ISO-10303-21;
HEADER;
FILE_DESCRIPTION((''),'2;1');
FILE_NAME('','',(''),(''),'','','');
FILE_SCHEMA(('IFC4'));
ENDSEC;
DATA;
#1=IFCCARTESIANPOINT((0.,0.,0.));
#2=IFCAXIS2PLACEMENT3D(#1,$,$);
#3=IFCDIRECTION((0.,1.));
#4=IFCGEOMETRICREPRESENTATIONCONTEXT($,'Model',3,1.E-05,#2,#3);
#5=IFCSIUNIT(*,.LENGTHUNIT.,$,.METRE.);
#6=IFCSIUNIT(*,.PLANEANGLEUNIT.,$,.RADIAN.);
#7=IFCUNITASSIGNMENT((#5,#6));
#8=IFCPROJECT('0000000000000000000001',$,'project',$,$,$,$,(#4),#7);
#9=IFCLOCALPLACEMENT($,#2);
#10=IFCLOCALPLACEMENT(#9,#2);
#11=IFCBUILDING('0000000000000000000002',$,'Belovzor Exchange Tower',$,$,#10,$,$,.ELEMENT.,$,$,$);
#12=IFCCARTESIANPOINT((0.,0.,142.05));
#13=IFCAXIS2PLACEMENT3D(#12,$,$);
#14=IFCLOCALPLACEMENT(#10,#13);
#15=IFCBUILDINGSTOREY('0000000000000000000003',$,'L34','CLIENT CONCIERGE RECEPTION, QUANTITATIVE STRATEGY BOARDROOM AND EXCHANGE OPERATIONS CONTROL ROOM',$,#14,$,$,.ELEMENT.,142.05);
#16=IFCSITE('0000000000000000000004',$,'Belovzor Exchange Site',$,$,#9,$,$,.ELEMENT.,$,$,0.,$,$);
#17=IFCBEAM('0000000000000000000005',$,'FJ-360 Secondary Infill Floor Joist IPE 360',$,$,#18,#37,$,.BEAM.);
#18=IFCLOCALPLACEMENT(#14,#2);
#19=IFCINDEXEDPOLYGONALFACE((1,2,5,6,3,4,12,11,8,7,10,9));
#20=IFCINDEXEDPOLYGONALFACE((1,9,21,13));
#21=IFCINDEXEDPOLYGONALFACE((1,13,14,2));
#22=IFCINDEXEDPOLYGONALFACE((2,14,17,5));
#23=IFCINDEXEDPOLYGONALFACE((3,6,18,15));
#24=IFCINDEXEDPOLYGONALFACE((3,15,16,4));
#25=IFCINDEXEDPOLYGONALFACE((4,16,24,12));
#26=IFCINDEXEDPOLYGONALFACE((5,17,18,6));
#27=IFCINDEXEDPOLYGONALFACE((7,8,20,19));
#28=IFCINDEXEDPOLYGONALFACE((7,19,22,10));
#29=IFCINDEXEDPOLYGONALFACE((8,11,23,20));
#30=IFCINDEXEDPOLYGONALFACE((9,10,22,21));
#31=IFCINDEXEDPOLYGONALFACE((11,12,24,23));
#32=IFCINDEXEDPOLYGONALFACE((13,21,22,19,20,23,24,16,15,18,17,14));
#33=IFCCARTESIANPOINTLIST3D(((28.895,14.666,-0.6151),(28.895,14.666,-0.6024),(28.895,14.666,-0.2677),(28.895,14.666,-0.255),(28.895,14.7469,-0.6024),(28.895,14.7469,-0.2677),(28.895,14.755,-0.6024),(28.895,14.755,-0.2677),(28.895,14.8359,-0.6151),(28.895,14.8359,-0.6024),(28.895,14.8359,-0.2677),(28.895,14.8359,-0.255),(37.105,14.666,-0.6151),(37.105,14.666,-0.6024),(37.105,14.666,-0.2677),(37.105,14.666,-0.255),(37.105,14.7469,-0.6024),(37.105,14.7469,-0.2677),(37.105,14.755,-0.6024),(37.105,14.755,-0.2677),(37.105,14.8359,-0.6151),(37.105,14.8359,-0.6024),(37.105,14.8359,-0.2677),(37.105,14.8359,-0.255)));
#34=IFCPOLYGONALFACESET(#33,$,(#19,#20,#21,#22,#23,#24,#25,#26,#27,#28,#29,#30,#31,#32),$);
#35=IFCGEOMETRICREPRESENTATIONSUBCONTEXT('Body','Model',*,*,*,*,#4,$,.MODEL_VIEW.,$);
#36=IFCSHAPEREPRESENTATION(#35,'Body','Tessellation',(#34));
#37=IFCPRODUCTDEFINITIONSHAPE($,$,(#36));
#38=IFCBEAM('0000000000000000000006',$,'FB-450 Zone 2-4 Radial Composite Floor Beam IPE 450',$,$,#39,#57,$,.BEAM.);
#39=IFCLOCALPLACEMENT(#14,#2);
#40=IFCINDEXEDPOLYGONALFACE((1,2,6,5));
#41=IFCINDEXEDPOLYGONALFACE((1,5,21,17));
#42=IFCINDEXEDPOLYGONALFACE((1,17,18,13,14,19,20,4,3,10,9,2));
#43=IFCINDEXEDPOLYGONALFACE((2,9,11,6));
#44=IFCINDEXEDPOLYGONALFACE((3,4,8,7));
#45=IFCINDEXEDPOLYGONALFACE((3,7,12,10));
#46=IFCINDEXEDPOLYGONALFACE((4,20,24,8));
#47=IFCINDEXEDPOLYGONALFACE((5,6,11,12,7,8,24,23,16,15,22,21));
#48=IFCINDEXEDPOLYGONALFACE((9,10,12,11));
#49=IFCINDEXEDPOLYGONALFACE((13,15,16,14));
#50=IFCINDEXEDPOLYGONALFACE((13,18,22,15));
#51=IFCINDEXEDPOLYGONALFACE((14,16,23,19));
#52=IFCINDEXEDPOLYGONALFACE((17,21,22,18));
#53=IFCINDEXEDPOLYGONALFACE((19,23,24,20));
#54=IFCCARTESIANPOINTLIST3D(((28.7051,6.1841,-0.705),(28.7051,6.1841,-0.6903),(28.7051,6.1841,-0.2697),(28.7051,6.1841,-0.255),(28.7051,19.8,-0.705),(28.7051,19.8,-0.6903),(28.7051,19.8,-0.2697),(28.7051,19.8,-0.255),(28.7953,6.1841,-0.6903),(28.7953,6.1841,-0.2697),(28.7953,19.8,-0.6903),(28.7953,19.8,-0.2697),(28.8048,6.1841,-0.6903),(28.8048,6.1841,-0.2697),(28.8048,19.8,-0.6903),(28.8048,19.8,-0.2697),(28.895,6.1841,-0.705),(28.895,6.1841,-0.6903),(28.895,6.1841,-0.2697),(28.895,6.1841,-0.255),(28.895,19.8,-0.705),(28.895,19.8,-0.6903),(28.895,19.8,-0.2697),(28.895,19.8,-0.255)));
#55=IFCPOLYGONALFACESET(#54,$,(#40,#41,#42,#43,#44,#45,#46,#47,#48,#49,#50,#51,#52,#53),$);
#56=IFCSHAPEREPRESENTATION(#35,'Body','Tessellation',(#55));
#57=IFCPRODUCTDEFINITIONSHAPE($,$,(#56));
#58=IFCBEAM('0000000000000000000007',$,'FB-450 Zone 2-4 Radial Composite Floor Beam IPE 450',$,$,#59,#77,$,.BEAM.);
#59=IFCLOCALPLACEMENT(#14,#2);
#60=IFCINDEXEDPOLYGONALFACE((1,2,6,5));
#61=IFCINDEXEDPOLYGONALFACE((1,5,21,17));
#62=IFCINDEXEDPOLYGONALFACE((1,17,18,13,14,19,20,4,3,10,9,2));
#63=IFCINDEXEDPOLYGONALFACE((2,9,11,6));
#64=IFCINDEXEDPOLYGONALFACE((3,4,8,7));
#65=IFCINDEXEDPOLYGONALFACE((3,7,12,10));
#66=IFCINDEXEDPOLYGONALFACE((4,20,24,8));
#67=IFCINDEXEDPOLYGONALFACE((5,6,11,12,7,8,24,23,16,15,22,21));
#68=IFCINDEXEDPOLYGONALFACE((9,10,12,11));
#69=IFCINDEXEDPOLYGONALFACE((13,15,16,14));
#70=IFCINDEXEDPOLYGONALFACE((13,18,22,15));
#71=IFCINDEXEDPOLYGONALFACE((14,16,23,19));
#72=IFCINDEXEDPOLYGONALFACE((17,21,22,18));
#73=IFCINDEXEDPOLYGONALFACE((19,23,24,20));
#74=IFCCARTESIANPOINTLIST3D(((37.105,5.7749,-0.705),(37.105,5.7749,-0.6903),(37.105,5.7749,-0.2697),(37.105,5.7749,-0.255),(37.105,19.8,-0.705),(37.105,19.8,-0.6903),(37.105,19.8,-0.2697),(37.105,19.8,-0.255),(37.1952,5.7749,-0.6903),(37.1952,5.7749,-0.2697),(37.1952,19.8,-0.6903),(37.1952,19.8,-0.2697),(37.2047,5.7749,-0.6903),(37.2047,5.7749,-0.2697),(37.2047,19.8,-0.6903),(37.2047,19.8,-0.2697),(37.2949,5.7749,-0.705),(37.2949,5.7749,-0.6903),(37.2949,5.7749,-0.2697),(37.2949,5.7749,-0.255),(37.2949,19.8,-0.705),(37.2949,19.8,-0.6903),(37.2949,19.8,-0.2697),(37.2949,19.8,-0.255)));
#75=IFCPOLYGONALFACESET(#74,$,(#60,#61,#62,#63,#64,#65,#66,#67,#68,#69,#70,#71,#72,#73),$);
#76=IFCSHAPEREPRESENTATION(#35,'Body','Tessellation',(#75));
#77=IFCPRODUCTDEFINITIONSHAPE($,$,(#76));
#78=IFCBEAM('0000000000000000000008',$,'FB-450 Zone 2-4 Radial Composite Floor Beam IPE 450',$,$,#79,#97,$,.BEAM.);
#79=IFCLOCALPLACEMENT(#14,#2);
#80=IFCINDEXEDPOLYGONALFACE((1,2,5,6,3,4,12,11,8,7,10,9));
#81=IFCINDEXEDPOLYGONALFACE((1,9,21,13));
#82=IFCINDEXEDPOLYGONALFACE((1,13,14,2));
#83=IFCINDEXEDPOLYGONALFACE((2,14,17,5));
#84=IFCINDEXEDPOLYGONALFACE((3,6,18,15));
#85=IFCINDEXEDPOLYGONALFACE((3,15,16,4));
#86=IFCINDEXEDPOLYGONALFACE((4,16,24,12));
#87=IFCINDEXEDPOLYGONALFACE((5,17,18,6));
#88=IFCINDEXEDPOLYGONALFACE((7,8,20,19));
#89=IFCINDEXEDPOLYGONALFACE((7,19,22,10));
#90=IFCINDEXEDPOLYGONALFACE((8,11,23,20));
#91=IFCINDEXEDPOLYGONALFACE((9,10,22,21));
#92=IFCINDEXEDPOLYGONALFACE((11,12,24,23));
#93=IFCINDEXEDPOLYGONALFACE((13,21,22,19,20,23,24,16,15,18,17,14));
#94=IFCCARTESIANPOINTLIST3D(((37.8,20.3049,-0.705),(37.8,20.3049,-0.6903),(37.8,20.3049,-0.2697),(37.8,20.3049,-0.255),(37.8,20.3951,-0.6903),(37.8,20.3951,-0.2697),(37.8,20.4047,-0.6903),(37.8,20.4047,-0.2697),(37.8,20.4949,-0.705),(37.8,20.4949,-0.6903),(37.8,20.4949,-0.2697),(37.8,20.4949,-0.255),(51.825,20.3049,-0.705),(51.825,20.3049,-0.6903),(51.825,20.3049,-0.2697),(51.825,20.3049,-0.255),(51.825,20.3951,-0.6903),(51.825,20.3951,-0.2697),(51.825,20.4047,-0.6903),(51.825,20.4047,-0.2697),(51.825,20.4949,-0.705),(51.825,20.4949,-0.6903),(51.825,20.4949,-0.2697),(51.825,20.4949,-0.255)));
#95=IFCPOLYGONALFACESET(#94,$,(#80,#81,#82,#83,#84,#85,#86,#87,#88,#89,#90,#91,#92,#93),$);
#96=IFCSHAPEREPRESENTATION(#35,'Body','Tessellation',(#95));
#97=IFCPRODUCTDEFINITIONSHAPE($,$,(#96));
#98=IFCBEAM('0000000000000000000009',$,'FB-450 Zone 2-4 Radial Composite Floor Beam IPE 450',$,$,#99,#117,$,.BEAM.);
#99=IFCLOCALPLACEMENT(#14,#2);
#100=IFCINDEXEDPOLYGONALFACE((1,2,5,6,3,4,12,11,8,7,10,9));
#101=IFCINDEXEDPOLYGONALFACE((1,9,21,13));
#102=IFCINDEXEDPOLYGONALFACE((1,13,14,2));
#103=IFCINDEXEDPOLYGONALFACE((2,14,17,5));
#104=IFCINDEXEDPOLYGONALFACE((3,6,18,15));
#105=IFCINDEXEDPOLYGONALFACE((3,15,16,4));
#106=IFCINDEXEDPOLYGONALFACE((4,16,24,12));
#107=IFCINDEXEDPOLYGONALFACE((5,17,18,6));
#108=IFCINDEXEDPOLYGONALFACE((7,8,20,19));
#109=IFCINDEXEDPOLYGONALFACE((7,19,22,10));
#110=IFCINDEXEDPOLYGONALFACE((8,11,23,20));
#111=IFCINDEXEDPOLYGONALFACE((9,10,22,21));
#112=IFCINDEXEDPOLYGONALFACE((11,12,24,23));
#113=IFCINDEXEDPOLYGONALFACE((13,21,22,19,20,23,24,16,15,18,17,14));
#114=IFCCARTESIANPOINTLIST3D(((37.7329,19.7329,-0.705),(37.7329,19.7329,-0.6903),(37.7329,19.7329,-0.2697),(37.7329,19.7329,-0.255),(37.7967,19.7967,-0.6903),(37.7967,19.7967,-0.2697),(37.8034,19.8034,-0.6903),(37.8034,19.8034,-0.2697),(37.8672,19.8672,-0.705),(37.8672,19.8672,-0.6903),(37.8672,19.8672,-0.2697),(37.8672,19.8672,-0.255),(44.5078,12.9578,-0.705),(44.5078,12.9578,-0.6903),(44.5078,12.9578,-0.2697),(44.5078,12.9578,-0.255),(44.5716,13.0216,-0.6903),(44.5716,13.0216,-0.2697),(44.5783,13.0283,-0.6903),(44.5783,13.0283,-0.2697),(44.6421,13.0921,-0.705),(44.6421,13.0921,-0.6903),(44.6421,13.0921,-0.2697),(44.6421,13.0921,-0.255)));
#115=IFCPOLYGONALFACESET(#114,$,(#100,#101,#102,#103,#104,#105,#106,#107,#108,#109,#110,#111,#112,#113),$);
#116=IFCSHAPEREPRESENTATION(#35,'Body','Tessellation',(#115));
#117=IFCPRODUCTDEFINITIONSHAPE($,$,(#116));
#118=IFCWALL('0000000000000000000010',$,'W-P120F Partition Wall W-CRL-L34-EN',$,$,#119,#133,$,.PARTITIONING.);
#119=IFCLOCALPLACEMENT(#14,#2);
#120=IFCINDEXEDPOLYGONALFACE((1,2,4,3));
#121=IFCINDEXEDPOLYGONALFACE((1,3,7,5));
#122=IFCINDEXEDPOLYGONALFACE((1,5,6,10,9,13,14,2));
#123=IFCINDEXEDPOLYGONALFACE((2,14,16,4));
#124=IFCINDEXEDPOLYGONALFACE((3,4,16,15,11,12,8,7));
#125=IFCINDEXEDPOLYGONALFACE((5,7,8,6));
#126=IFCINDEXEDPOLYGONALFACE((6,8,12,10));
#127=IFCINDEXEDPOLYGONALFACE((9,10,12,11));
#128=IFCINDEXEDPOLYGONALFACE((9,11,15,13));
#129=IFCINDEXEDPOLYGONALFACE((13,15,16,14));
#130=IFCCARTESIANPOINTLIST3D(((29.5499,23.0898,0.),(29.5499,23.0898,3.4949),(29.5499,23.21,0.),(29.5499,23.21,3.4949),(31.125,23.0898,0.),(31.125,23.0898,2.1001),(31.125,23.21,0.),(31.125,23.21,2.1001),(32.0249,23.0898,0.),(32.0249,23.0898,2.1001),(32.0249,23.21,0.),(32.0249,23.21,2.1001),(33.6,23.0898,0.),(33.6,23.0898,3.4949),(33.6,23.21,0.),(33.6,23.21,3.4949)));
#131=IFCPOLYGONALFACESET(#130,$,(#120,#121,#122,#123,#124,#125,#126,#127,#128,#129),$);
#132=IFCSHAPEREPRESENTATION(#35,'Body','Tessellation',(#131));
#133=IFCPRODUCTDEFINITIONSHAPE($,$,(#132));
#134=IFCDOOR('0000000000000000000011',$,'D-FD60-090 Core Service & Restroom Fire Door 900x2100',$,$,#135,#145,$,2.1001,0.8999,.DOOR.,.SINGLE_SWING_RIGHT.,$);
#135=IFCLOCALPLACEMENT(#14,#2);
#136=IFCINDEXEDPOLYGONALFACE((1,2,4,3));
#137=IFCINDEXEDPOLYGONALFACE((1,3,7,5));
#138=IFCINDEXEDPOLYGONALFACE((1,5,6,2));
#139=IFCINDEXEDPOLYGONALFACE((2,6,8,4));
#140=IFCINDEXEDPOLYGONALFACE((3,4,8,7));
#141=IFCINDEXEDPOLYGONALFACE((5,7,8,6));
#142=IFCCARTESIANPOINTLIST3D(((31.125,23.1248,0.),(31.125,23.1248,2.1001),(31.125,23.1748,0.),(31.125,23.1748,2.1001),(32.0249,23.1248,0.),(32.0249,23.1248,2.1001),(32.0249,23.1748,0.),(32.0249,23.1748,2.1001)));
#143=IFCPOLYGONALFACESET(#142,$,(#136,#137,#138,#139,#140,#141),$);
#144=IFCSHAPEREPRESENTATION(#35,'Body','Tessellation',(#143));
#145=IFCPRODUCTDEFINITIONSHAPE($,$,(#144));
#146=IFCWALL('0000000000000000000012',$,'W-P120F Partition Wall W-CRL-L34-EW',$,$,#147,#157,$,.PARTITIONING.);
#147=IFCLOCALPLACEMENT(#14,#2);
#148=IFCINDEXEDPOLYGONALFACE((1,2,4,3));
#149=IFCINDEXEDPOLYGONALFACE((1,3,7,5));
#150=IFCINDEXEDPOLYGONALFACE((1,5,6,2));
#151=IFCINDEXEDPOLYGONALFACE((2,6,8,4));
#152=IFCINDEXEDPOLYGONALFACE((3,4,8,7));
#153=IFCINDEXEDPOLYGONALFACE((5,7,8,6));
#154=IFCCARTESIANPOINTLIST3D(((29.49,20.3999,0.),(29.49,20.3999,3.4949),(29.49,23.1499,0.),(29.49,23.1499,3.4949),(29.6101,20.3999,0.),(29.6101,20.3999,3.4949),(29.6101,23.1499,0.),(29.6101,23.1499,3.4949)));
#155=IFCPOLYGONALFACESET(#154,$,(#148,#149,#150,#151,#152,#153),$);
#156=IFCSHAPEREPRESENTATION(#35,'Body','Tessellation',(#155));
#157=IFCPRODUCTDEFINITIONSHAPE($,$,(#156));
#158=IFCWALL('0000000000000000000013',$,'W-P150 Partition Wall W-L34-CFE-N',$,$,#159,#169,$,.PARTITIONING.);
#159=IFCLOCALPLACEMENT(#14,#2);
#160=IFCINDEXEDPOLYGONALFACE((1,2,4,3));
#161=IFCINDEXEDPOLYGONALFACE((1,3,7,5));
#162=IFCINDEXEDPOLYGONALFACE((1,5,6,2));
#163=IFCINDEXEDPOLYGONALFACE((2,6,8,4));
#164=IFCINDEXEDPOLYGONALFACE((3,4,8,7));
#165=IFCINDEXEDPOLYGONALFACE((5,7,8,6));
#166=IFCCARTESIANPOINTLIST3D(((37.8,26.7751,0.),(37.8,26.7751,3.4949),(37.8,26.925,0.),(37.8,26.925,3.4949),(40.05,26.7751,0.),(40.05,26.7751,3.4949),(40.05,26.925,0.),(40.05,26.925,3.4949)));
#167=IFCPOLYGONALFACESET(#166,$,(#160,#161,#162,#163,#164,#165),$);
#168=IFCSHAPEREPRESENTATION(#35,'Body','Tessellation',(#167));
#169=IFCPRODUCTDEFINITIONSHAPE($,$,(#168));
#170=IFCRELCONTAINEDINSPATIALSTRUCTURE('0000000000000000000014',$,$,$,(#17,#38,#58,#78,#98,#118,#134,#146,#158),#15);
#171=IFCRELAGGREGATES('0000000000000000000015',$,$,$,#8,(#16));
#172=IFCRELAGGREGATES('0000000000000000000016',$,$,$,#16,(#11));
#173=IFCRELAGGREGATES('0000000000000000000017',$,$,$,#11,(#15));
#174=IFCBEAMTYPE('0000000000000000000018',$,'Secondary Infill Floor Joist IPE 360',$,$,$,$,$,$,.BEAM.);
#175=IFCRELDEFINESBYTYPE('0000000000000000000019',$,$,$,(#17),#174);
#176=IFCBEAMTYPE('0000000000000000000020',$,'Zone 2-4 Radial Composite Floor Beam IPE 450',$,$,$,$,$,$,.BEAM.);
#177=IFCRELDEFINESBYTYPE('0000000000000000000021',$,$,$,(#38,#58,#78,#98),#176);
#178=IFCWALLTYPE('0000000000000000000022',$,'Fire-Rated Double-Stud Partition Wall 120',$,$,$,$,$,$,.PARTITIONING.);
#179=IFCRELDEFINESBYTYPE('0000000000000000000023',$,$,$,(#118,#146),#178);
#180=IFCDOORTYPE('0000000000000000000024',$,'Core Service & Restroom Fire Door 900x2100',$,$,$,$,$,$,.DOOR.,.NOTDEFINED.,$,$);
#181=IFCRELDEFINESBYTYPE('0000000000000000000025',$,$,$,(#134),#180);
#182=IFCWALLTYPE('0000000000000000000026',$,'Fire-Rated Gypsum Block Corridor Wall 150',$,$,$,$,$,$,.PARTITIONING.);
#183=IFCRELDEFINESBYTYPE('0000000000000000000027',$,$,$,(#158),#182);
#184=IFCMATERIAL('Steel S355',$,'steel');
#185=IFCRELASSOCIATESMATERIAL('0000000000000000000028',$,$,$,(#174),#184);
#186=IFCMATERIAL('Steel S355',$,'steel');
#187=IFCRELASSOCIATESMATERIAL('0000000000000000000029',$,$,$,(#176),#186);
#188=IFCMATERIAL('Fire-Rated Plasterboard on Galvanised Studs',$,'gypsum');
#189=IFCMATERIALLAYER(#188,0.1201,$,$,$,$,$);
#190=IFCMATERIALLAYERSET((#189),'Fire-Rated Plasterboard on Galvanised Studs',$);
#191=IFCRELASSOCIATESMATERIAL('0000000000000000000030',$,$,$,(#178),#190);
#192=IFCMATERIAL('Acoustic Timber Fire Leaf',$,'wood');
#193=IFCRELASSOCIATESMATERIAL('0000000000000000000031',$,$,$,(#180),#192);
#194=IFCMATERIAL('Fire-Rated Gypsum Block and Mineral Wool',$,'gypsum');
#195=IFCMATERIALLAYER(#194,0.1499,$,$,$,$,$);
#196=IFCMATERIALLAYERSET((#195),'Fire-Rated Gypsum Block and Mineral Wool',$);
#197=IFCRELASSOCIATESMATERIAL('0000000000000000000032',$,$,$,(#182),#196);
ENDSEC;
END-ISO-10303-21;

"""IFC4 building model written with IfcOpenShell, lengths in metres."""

from ifc_helpers import new_model, si_unit, direction, frame, frame_2d, origin, origin_2d, place, context, subcontext, project, spatial, rectangle, i_section, extrude, material, layer, layer_set, material_profile, profile_set, type_object, element, fill, save


model = new_model("IFC4")

# Units and contexts
model_context = context("Model", 3, precision=1e-05, world=origin(), true_north=direction((0.0, 1.0)))
body_context = subcontext(model_context, "Body", "Model", "MODEL_VIEW")
ifc_project = project(units=[si_unit("LENGTHUNIT", "METRE"), si_unit("PLANEANGLEUNIT", "RADIAN")], contexts=[model_context])

# Site, building, storey
site_placement = place(None, origin())
site = spatial("IfcSite", under=ifc_project, at=site_placement, Name="Belovzor Exchange Site", CompositionType="ELEMENT", RefElevation=0.0)
building_placement = place(site_placement, origin())
building = spatial("IfcBuilding", under=site, at=building_placement, Name="Belovzor Exchange Tower", CompositionType="ELEMENT")
storey_placement = place(building_placement, frame((0.0, 0.0, 142.05)))
storey = spatial("IfcBuildingStorey", under=building, at=storey_placement, Name="L34", Description="CLIENT CONCIERGE RECEPTION, QUANTITATIVE STRATEGY BOARDROOM AND EXCHANGE OPERATIONS CONTROL ROOM", CompositionType="ELEMENT", Elevation=142.05)

# Beams
ifc_material_1 = material(Name="Steel S355", Category="steel")
ifc_material_profile_1 = material_profile(ifc_material_1, i_section(OverallWidth=0.1699, OverallDepth=0.3601, WebThickness=0.0081, FlangeThickness=0.0127, at=origin_2d()))
ifc_profile_set_1 = profile_set([ifc_material_profile_1], Name="Steel S355")
beam_type_1 = type_object("IfcBeamType", Name="Secondary Infill Floor Joist IPE 360", PredefinedType="BEAM", material=ifc_profile_set_1)
beam_1_placement = place(storey_placement, frame((28.895, 14.751, -0.4351), z_axis=(1.0, 0.0, 0.0), x_axis=(0.0, 1.0, 0.0)))
element("IfcBeam", 1, at=beam_1_placement, inside=storey, type_object=beam_type_1, Name="FJ-360 Secondary Infill Floor Joist IPE 360", PredefinedType="BEAM", context=body_context, shape_type="SweptSolid", body=[
    extrude(i_section(OverallWidth=0.1699, OverallDepth=0.3601, WebThickness=0.0081, FlangeThickness=0.0127, at=origin_2d()), origin(), (0.0, 0.0, 1.0), 8.21),
])
ifc_material_2 = material(Name="Steel S355", Category="steel")
ifc_material_profile_2 = material_profile(ifc_material_2, i_section(OverallWidth=0.1899, OverallDepth=0.45, WebThickness=0.0095, FlangeThickness=0.0146, at=origin_2d()))
ifc_profile_set_2 = profile_set([ifc_material_profile_2], Name="Steel S355")
beam_type_2 = type_object("IfcBeamType", Name="Zone 2-4 Radial Composite Floor Beam IPE 450", PredefinedType="BEAM", material=ifc_profile_set_2)
beam_2_placement = place(storey_placement, frame((28.8, 19.8, -0.48), z_axis=(0.0, -1.0, 0.0), x_axis=(1.0, 0.0, 0.0)))
element("IfcBeam", 2, at=beam_2_placement, inside=storey, type_object=beam_type_2, Name="FB-450 Zone 2-4 Radial Composite Floor Beam IPE 450", PredefinedType="BEAM", context=body_context, shape_type="SweptSolid", body=[
    extrude(i_section(OverallWidth=0.1899, OverallDepth=0.45, WebThickness=0.0095, FlangeThickness=0.0146, at=origin_2d()), origin(), (0.0, 0.0, 1.0), 13.616),
])
beam_3_placement = place(storey_placement, frame((37.2, 19.8, -0.48), z_axis=(0.0, -1.0, 0.0), x_axis=(1.0, 0.0, 0.0)))
element("IfcBeam", 3, at=beam_3_placement, inside=storey, type_object=beam_type_2, Name="FB-450 Zone 2-4 Radial Composite Floor Beam IPE 450", PredefinedType="BEAM", context=body_context, shape_type="SweptSolid", body=[
    extrude(i_section(OverallWidth=0.1899, OverallDepth=0.45, WebThickness=0.0095, FlangeThickness=0.0146, at=origin_2d()), origin(), (0.0, 0.0, 1.0), 14.0251),
])
beam_4_placement = place(storey_placement, frame((37.8, 20.3999, -0.48), z_axis=(1.0, 0.0, 0.0), x_axis=(0.0, 1.0, 0.0)))
element("IfcBeam", 4, at=beam_4_placement, inside=storey, type_object=beam_type_2, Name="FB-450 Zone 2-4 Radial Composite Floor Beam IPE 450", PredefinedType="BEAM", context=body_context, shape_type="SweptSolid", body=[
    extrude(i_section(OverallWidth=0.1899, OverallDepth=0.45, WebThickness=0.0095, FlangeThickness=0.0146, at=origin_2d()), origin(), (0.0, 0.0, 1.0), 14.0249),
])
beam_5_placement = place(storey_placement, frame((37.8, 19.8, -0.48), z_axis=(0.707094, -0.70712, 0.0), x_axis=(0.70712, 0.707094, 0.0)))
element("IfcBeam", 5, at=beam_5_placement, inside=storey, type_object=beam_type_2, Name="FB-450 Zone 2-4 Radial Composite Floor Beam IPE 450", PredefinedType="BEAM", context=body_context, shape_type="SweptSolid", body=[
    extrude(i_section(OverallWidth=0.1899, OverallDepth=0.45, WebThickness=0.0095, FlangeThickness=0.0146, at=origin_2d()), origin(), (0.0, 0.0, 1.0), 9.5813),
])

# Wall, opening, door
ifc_material_3 = material(Name="Fire-Rated Plasterboard on Galvanised Studs", Category="gypsum")
ifc_layer_1 = layer(ifc_material_3, 0.1201)
ifc_layer_set_1 = layer_set([ifc_layer_1], Name="Fire-Rated Plasterboard on Galvanised Studs")
wall_type_1 = type_object("IfcWallType", Name="Fire-Rated Double-Stud Partition Wall 120", PredefinedType="PARTITIONING", material=ifc_layer_set_1)
wall_1_placement = place(storey_placement, frame((29.55, 23.1499, 0.0), z_axis=(0.0, 0.0, 1.0), x_axis=(1.0, 0.0, 0.0)))
wall_1 = element("IfcWall", 6, at=wall_1_placement, inside=storey, type_object=wall_type_1, Name="W-P120F Partition Wall W-CRL-L34-EN", PredefinedType="PARTITIONING", context=body_context, shape_type="SweptSolid", body=[
    extrude(rectangle(XDim=4.05, YDim=0.1201, at=frame_2d((2.0249, 0.0))), origin(), (0.0, 0.0, 1.0), 3.4949),
])
opening_1_placement = place(wall_1_placement, frame((1.575, 0.0, 0.0)))
opening_1 = element("IfcOpeningElement", 7, at=opening_1_placement, cuts=wall_1, PredefinedType="OPENING", context=body_context, shape_type="SweptSolid", body=[
    extrude(rectangle(XDim=0.8999, YDim=2.1001, at=frame_2d((0.45, 1.05))), frame((0.0, 0.0701, 0.0), z_axis=(0.0, -1.0, 0.0), x_axis=(1.0, 0.0, 0.0)), (0.0, 0.0, 1.0), 0.1401),
])
ifc_material_4 = material(Name="Acoustic Timber Fire Leaf", Category="wood")
door_type_1 = type_object("IfcDoorType", Name="Core Service & Restroom Fire Door 900x2100", OperationType="NOTDEFINED", PredefinedType="DOOR", material=ifc_material_4)
door_1_placement = place(opening_1_placement, origin())
door_1 = element("IfcDoor", 8, at=door_1_placement, inside=storey, type_object=door_type_1, Name="D-FD60-090 Core Service & Restroom Fire Door 900x2100", OperationType="SINGLE_SWING_RIGHT", OverallHeight=2.1001, OverallWidth=0.8999, PredefinedType="DOOR", context=body_context, shape_type="SweptSolid", body=[
    extrude(rectangle(XDim=0.8999, YDim=2.1001, at=frame_2d((0.45, 1.05))), frame((0.0, 0.0249, 0.0), z_axis=(0.0, -1.0, 0.0), x_axis=(1.0, 0.0, 0.0)), (0.0, 0.0, 1.0), 0.05),
])
fill(opening_1, door_1)

# Walls
wall_2_placement = place(storey_placement, frame((29.55, 20.3999, 0.0), z_axis=(0.0, 0.0, 1.0), x_axis=(0.0, 1.0, 0.0)))
element("IfcWall", 9, at=wall_2_placement, inside=storey, type_object=wall_type_1, Name="W-P120F Partition Wall W-CRL-L34-EW", PredefinedType="PARTITIONING", context=body_context, shape_type="SweptSolid", body=[
    extrude(rectangle(XDim=2.75, YDim=0.1201, at=frame_2d((1.375, 0.0))), origin(), (0.0, 0.0, 1.0), 3.4949),
])
ifc_material_5 = material(Name="Fire-Rated Gypsum Block and Mineral Wool", Category="gypsum")
ifc_layer_2 = layer(ifc_material_5, 0.1499)
ifc_layer_set_2 = layer_set([ifc_layer_2], Name="Fire-Rated Gypsum Block and Mineral Wool")
wall_type_2 = type_object("IfcWallType", Name="Fire-Rated Gypsum Block Corridor Wall 150", PredefinedType="PARTITIONING", material=ifc_layer_set_2)
wall_3_placement = place(storey_placement, frame((37.8, 26.8501, 0.0), z_axis=(0.0, 0.0, 1.0), x_axis=(1.0, 0.0, 0.0)))
element("IfcWall", 10, at=wall_3_placement, inside=storey, type_object=wall_type_2, Name="W-P150 Partition Wall W-L34-CFE-N", PredefinedType="PARTITIONING", context=body_context, shape_type="SweptSolid", body=[
    extrude(rectangle(XDim=2.25, YDim=0.1499, at=frame_2d((1.125, 0.0))), origin(), (0.0, 0.0, 1.0), 3.4949),
])

save(model, "model.ifc")
